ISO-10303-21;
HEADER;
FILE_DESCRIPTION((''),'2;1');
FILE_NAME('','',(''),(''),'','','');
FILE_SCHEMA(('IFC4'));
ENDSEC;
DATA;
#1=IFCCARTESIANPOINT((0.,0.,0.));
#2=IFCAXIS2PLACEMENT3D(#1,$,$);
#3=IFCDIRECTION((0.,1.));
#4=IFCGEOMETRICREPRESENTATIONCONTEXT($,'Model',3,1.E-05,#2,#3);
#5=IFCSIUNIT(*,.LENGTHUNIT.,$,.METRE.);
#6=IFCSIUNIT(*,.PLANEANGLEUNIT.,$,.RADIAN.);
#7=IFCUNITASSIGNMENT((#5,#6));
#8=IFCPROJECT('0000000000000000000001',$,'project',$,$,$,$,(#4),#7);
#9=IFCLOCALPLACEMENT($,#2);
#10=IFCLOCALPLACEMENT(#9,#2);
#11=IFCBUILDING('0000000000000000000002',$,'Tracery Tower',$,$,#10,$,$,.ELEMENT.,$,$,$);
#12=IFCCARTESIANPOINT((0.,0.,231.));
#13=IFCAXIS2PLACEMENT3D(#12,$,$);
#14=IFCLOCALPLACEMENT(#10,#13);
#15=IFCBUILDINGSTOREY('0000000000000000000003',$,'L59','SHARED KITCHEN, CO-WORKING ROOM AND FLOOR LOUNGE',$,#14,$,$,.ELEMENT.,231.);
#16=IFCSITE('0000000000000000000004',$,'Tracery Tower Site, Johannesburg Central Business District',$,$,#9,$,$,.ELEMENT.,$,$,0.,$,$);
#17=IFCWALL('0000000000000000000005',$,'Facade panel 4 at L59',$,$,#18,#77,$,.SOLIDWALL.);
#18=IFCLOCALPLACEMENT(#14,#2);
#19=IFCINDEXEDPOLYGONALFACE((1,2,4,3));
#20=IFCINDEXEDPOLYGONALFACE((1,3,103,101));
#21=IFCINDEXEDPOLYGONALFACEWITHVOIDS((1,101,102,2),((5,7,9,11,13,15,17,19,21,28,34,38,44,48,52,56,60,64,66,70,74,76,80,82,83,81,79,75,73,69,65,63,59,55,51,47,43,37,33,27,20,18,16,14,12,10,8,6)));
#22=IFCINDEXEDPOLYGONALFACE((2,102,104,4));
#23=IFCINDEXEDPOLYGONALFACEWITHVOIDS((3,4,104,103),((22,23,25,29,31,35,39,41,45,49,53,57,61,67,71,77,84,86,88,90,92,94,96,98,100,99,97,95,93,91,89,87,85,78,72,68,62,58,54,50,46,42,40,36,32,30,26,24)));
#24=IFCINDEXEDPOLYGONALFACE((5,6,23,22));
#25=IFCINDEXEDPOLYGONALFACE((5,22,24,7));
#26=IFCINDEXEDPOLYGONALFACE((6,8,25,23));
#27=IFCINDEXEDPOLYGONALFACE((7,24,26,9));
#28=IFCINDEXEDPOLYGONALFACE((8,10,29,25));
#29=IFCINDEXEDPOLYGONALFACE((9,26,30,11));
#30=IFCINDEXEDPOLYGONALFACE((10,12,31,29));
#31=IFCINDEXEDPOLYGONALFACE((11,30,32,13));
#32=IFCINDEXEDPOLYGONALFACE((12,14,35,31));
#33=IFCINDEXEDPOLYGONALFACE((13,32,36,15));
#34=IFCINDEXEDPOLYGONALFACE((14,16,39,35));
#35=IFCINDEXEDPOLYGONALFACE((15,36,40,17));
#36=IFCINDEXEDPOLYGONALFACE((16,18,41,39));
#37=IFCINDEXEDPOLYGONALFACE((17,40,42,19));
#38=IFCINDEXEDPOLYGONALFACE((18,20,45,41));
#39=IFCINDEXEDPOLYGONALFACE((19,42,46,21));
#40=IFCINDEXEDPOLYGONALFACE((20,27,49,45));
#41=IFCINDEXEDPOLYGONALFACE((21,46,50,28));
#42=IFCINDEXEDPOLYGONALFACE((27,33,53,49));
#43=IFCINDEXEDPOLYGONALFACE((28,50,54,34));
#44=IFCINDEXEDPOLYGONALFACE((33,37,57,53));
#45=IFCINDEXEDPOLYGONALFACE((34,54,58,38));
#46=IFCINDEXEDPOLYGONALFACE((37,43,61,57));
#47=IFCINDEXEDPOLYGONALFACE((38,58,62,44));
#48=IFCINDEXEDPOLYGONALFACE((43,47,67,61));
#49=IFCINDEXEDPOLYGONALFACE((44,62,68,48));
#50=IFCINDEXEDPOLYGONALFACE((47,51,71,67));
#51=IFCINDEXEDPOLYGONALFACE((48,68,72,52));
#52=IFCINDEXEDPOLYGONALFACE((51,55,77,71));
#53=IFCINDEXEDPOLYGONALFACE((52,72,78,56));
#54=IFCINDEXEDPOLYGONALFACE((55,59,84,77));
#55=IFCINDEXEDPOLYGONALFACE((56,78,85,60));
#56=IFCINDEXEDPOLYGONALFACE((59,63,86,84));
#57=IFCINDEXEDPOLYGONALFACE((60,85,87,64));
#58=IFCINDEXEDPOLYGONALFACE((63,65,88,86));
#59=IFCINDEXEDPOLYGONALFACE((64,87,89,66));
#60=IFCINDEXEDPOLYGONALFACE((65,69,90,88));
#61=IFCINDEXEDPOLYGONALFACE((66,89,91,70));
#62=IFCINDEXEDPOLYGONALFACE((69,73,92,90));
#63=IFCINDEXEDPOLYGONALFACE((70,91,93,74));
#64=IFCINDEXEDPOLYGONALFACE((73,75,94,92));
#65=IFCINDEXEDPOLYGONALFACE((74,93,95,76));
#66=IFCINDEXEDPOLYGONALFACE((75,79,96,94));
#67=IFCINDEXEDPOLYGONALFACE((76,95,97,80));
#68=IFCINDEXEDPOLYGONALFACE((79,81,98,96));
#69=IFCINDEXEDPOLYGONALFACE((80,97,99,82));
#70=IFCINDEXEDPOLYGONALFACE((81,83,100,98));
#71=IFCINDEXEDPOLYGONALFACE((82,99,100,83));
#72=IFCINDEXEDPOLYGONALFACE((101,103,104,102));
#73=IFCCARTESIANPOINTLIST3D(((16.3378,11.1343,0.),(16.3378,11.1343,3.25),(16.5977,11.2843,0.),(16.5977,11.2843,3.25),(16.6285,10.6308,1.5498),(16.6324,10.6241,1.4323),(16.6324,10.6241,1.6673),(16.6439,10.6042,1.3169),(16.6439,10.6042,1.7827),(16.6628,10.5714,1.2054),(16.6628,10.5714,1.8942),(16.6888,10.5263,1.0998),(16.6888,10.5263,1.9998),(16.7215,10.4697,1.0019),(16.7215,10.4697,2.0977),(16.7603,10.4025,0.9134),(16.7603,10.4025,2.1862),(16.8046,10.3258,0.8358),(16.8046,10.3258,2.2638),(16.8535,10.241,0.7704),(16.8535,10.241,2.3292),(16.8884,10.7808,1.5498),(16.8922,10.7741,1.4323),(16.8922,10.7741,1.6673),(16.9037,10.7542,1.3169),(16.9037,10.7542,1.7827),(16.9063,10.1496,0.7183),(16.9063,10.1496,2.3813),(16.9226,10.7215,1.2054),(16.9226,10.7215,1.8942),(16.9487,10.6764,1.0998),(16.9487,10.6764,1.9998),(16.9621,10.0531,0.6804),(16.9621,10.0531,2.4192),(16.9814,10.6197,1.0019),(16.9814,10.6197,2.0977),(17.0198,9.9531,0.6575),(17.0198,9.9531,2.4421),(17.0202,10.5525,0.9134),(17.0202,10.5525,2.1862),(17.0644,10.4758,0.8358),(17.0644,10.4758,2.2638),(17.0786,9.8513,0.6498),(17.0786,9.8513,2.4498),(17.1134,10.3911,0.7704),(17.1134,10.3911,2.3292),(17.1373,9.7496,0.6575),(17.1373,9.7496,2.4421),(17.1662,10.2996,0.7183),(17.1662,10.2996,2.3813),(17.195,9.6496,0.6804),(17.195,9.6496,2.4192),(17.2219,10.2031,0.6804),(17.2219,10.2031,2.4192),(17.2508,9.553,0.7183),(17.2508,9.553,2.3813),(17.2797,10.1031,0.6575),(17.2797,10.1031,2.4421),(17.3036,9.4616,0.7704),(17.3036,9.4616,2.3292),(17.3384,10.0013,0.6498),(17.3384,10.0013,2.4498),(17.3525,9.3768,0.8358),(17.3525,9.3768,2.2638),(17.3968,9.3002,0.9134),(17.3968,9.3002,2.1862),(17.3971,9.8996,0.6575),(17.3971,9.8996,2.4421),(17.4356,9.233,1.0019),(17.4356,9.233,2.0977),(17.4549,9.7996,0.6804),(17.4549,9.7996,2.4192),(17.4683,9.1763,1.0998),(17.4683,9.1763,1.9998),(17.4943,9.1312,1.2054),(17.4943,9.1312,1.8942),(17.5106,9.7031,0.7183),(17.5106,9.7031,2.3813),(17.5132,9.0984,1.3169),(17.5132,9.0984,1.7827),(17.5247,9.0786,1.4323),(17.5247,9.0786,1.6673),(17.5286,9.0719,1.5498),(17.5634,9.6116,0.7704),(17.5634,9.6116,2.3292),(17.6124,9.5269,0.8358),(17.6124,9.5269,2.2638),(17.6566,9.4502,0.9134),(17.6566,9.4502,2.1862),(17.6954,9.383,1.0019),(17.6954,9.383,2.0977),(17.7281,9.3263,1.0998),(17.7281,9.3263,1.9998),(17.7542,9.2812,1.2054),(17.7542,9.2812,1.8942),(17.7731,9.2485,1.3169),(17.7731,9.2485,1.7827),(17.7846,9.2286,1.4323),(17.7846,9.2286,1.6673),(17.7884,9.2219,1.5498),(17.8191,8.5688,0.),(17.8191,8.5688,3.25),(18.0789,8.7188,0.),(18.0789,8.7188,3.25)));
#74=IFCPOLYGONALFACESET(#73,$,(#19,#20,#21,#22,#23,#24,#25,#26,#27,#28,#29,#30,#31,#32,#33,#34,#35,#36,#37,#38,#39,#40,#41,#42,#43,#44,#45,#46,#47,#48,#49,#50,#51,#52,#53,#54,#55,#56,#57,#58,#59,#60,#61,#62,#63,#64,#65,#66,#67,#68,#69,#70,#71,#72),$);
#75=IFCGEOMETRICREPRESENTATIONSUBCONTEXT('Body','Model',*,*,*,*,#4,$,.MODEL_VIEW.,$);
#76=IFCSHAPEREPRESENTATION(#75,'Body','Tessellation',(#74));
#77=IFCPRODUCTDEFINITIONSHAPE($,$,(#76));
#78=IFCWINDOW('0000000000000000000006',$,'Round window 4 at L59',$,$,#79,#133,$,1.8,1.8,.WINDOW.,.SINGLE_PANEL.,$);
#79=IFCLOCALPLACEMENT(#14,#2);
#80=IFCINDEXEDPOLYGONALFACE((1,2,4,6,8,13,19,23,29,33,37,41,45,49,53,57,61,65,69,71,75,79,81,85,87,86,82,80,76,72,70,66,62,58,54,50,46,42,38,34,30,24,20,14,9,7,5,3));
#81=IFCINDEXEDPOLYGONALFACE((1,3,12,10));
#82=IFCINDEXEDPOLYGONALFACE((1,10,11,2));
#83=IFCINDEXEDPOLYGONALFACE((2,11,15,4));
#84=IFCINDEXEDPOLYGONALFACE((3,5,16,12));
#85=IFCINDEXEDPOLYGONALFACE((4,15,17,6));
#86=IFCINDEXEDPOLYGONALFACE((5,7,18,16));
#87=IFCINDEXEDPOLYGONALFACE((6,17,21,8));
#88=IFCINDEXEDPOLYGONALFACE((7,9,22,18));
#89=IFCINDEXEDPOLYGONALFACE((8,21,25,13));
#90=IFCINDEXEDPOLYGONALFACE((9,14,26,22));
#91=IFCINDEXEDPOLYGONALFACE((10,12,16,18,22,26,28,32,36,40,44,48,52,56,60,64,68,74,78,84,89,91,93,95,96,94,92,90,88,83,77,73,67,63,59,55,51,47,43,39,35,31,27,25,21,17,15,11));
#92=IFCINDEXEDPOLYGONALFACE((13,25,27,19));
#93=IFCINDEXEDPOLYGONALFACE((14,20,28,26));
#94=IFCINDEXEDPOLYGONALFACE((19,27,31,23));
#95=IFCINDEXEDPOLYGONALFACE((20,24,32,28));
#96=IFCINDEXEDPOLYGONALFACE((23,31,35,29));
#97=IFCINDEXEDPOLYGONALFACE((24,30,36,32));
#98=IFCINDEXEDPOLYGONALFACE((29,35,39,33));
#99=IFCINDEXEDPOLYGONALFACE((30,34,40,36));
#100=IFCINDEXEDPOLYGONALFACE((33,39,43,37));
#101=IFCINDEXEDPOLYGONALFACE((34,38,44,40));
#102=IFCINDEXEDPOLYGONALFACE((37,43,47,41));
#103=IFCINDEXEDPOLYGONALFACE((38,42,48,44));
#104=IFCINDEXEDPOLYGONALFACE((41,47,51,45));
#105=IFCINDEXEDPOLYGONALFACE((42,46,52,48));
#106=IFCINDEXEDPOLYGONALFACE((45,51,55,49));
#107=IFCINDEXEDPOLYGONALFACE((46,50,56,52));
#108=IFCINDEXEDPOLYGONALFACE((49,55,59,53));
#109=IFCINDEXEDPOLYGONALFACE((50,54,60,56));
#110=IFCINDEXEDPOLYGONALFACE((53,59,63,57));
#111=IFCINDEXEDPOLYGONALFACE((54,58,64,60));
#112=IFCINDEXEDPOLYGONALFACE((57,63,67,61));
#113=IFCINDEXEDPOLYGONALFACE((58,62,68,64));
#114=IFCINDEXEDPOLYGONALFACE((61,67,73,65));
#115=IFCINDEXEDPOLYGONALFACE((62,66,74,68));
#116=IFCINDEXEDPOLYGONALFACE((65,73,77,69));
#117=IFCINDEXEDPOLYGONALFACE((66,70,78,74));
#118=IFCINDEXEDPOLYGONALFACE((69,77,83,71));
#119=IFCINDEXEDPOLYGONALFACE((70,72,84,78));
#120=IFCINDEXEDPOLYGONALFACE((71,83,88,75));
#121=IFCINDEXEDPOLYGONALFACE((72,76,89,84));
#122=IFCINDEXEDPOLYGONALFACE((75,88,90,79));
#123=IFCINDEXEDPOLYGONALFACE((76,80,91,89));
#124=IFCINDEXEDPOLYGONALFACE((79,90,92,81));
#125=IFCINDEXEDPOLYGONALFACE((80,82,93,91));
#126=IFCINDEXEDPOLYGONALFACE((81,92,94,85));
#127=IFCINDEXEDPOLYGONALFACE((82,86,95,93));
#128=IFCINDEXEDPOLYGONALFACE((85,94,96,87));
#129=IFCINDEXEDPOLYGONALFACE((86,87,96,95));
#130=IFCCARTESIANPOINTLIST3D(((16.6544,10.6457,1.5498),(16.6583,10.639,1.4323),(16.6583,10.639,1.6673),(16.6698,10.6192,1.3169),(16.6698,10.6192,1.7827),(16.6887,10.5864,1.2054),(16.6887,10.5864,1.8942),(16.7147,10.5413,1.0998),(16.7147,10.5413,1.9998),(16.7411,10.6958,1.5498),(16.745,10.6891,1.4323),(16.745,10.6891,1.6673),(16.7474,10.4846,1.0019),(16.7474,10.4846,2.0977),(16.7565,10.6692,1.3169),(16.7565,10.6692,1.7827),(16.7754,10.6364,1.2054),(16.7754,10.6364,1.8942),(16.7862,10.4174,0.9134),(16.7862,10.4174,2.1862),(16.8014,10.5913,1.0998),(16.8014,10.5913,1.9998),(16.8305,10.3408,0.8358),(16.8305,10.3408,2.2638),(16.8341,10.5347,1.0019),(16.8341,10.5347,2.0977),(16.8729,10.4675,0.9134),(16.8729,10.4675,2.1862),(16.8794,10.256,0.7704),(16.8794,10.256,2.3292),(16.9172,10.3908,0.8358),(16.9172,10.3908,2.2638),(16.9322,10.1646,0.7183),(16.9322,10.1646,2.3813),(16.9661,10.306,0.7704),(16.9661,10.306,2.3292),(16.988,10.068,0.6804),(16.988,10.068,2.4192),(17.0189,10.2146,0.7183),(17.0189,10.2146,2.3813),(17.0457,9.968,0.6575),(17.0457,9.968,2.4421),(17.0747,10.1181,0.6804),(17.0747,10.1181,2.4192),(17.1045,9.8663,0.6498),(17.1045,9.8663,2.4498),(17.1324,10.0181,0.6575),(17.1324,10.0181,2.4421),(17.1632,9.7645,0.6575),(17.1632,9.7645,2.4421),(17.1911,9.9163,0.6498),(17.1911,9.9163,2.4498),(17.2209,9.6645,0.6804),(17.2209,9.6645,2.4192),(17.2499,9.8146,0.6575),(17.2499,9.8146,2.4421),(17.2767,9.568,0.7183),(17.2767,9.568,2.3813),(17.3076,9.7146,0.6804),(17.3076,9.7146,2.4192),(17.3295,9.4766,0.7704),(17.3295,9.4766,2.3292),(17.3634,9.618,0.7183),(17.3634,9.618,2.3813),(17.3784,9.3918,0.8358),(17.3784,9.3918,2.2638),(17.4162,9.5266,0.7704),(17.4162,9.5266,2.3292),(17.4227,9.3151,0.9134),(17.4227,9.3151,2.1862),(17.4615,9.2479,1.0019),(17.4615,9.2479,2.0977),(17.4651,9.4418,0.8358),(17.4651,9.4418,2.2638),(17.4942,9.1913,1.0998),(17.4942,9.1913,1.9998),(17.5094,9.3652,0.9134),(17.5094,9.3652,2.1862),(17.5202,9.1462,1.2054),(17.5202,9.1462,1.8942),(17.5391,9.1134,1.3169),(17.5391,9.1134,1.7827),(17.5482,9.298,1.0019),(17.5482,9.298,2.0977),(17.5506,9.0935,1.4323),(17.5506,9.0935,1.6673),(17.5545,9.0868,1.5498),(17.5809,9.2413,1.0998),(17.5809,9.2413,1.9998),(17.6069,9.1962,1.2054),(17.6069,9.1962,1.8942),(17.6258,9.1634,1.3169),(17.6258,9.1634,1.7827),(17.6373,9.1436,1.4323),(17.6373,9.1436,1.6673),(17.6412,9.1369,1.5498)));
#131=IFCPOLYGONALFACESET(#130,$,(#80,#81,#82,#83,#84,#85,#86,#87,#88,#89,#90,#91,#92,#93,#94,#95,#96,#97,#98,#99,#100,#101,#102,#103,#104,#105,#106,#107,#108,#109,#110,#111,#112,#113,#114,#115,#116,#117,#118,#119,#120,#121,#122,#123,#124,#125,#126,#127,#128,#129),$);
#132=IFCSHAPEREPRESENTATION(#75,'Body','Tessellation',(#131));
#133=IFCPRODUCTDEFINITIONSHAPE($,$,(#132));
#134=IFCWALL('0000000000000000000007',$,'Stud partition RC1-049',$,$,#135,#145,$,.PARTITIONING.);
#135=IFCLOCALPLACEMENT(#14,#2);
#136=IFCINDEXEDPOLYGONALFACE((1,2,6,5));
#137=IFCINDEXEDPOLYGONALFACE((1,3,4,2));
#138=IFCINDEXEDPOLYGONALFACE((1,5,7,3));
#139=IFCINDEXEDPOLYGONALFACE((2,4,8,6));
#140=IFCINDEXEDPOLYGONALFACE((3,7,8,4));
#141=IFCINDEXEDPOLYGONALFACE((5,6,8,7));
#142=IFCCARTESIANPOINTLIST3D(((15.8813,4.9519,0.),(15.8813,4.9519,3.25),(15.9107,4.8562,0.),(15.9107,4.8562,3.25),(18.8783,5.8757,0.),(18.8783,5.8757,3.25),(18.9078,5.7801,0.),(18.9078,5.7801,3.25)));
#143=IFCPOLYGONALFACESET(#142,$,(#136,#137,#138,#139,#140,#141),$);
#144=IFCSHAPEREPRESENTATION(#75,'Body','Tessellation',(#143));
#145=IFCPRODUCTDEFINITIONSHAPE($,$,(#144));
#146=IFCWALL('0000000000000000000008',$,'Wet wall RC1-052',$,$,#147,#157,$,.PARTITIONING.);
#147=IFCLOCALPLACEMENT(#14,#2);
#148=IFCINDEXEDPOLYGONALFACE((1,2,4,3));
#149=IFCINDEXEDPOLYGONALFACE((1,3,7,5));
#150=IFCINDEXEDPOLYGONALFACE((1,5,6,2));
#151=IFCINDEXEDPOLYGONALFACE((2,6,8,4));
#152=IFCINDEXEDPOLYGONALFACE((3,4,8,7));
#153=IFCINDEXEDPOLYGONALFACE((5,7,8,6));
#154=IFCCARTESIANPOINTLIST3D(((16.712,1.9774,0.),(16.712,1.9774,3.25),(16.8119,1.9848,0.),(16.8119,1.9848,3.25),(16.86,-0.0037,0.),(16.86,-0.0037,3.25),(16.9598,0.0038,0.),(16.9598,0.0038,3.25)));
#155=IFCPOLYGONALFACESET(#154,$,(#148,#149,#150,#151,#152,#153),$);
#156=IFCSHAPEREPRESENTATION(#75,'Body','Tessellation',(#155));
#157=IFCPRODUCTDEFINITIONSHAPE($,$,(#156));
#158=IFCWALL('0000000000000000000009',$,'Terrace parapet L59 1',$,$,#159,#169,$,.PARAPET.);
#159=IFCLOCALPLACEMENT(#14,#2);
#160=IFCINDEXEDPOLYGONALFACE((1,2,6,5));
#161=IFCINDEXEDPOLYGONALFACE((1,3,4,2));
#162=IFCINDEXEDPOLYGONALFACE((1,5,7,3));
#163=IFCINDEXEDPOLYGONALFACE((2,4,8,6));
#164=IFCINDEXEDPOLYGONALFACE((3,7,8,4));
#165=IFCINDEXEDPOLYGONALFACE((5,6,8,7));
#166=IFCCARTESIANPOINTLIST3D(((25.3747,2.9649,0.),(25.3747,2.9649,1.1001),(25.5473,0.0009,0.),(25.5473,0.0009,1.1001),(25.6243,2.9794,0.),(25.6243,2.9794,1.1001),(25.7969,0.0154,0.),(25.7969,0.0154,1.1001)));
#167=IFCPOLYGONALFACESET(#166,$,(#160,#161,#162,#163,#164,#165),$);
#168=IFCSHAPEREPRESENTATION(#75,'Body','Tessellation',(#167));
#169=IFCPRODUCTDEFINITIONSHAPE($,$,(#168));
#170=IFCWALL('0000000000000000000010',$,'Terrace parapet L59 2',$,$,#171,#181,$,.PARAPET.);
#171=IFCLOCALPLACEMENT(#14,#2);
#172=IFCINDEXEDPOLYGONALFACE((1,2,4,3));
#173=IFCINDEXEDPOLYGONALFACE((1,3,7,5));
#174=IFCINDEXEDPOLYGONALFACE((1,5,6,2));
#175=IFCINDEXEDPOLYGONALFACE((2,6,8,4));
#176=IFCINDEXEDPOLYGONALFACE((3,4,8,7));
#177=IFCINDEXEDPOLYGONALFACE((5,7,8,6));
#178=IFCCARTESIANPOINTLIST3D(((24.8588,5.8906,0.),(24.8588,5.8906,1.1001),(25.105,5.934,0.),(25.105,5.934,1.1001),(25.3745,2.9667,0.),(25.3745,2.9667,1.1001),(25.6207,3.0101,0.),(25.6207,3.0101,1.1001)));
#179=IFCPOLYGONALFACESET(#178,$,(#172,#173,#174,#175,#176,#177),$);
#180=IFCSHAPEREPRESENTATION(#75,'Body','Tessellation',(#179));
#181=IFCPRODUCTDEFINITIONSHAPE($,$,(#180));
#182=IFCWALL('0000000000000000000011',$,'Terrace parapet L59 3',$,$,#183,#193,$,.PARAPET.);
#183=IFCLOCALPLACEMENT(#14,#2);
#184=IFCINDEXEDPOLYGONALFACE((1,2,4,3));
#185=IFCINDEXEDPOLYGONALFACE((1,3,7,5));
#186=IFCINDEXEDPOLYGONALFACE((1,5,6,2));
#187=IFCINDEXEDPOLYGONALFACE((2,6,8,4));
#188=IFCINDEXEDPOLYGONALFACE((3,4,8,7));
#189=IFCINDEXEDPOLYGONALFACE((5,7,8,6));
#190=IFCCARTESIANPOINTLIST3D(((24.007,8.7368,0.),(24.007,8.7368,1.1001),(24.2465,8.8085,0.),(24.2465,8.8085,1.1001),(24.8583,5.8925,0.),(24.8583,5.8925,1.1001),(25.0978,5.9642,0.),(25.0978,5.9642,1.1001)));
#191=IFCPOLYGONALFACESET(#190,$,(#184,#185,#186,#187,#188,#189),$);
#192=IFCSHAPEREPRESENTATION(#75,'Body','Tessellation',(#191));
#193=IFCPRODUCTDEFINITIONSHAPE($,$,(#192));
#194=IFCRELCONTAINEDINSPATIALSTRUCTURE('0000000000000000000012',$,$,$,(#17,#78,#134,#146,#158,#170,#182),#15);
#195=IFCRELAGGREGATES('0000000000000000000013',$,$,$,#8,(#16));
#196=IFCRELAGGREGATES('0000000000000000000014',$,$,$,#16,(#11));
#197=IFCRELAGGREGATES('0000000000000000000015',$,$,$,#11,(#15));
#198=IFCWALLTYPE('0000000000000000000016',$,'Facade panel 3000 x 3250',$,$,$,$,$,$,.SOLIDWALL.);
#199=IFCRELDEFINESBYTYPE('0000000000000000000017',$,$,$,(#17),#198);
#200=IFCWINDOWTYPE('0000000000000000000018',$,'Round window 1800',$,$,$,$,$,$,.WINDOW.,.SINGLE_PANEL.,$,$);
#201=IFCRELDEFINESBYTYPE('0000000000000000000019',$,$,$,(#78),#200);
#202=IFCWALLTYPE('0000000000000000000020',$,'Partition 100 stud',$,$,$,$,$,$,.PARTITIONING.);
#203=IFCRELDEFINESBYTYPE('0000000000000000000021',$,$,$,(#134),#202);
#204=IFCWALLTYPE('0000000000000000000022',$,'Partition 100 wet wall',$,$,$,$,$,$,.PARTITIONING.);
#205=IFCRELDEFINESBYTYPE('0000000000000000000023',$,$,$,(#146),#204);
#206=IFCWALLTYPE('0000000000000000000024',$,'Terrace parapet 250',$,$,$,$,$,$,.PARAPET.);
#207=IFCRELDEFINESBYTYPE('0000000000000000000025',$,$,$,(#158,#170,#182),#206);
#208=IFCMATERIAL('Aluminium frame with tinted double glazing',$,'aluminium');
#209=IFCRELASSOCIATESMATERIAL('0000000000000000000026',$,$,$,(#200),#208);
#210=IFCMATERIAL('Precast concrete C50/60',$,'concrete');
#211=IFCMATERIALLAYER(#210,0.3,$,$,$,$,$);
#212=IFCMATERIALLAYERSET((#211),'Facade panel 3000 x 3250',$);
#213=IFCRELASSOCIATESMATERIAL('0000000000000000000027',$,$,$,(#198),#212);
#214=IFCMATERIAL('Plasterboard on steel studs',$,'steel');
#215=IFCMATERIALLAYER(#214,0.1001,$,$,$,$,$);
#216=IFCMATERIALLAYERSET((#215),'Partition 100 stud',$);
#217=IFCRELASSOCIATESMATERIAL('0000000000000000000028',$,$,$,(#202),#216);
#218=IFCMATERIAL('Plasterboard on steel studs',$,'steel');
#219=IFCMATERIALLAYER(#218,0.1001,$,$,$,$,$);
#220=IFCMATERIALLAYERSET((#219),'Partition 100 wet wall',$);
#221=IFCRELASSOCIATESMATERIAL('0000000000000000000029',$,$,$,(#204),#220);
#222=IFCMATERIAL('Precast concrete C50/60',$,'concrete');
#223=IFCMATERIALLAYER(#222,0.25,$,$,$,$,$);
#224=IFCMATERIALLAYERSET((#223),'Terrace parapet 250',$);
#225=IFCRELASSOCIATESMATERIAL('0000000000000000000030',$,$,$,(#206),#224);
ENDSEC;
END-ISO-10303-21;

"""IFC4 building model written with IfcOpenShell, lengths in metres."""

from ifc_helpers import new_model, si_unit, direction, frame, frame_2d, origin, origin_2d, place, context, subcontext, project, spatial, rectangle, circle, extrude, material, layer, layer_set, type_object, element, fill, save


model = new_model("IFC4")

# Units and contexts
model_context = context("Model", 3, precision=1e-05, world=origin(), true_north=direction((0.0, 1.0)))
body_context = subcontext(model_context, "Body", "Model", "MODEL_VIEW")
ifc_project = project(units=[si_unit("LENGTHUNIT", "METRE"), si_unit("PLANEANGLEUNIT", "RADIAN")], contexts=[model_context])

# Site, building, storey
site_placement = place(None, origin())
site = spatial("IfcSite", under=ifc_project, at=site_placement, Name="Tracery Tower Site, Johannesburg Central Business District", CompositionType="ELEMENT", RefElevation=0.0)
building_placement = place(site_placement, origin())
building = spatial("IfcBuilding", under=site, at=building_placement, Name="Tracery Tower", CompositionType="ELEMENT")
storey_placement = place(building_placement, frame((0.0, 0.0, 231.0)))
storey = spatial("IfcBuildingStorey", under=building, at=storey_placement, Name="L59", Description="SHARED KITCHEN, CO-WORKING ROOM AND FLOOR LOUNGE", CompositionType="ELEMENT", Elevation=231.0)

# Wall, opening, window
ifc_material_1 = material(Name="Aluminium frame with tinted double glazing", Category="aluminium")
window_type = type_object("IfcWindowType", Name="Round window 1800", PartitioningType="SINGLE_PANEL", PredefinedType="WINDOW", material=ifc_material_1)
ifc_material_2 = material(Name="Precast concrete C50/60", Category="concrete")
ifc_layer_1 = layer(ifc_material_2, 0.3)
ifc_layer_set_1 = layer_set([ifc_layer_1], Name="Facade panel 3000 x 3250")
wall_type_1 = type_object("IfcWallType", Name="Facade panel 3000 x 3250", PredefinedType="SOLIDWALL", material=ifc_layer_set_1)
wall_1_placement = place(storey_placement, frame((17.949, 8.6438, 0.0), z_axis=(0.0, 0.0, 1.0), x_axis=(-0.500013, 0.866018, 0.0)))
wall_1 = element("IfcWall", 1, at=wall_1_placement, inside=storey, type_object=wall_type_1, Name="Facade panel 4 at L59", PredefinedType="SOLIDWALL", context=body_context, shape_type="SweptSolid", body=[
    extrude(rectangle(XDim=2.9624, YDim=0.3, at=frame_2d((1.4812, 0.0))), origin(), (0.0, 0.0, 1.0), 3.25),
])
opening_1_placement = place(wall_1_placement, frame((1.481, 0.0, 1.5498)))
opening_1 = element("IfcOpeningElement", 2, at=opening_1_placement, cuts=wall_1, PredefinedType="OPENING", context=body_context, shape_type="SweptSolid", body=[
    extrude(circle(Radius=0.9, at=origin_2d()), frame((0.0, 0.1599, 0.0), z_axis=(0.0, -1.0, 0.0), x_axis=(1.0, 0.0, 0.0)), (0.0, 0.0, 1.0), 0.3201),
])
window_1_placement = place(opening_1_placement, origin())
window_1 = element("IfcWindow", 3, at=window_1_placement, inside=storey, type_object=window_type, Name="Round window 4 at L59", OverallHeight=1.8, OverallWidth=1.8, PartitioningType="SINGLE_PANEL", PredefinedType="WINDOW", context=body_context, shape_type="SweptSolid", body=[
    extrude(circle(Radius=0.9, at=origin_2d()), frame((0.0, 0.1201, 0.0), z_axis=(0.0, -1.0, 0.0), x_axis=(1.0, 0.0, 0.0)), (0.0, 0.0, 1.0), 0.1001),
])
fill(opening_1, window_1)

# Walls
ifc_material_3 = material(Name="Plasterboard on steel studs", Category="steel")
ifc_layer_2 = layer(ifc_material_3, 0.1001)
ifc_layer_set_2 = layer_set([ifc_layer_2], Name="Partition 100 stud")
wall_type_2 = type_object("IfcWallType", Name="Partition 100 stud", PredefinedType="PARTITIONING", material=ifc_layer_set_2)
wall_2_placement = place(storey_placement, frame((15.896, 4.9041, 0.0), z_axis=(0.0, 0.0, 1.0), x_axis=(0.955631, 0.294567, 0.0)))
element("IfcWall", 4, at=wall_2_placement, inside=storey, type_object=wall_type_2, Name="Stud partition RC1-049", PredefinedType="PARTITIONING", context=body_context, shape_type="SweptSolid", body=[
    extrude(rectangle(XDim=3.1362, YDim=0.1001, at=frame_2d((1.5681, 0.0))), origin(), (0.0, 0.0, 1.0), 3.25),
])
ifc_material_4 = material(Name="Plasterboard on steel studs", Category="steel")
ifc_layer_3 = layer(ifc_material_4, 0.1001)
ifc_layer_set_3 = layer_set([ifc_layer_3], Name="Partition 100 wet wall")
wall_type_3 = type_object("IfcWallType", Name="Partition 100 wet wall", PredefinedType="PARTITIONING", material=ifc_layer_set_3)
wall_3_placement = place(storey_placement, frame((16.762, 1.981, 0.0), z_axis=(0.0, 0.0, 1.0), x_axis=(0.074478, -0.997223, 0.0)))
element("IfcWall", 5, at=wall_3_placement, inside=storey, type_object=wall_type_3, Name="Wet wall RC1-052", PredefinedType="PARTITIONING", context=body_context, shape_type="SweptSolid", body=[
    extrude(rectangle(XDim=1.9866, YDim=0.1001, at=frame_2d((0.9932, 0.0))), origin(), (0.0, 0.0, 1.0), 3.25),
])
ifc_material_5 = material(Name="Precast concrete C50/60", Category="concrete")
ifc_layer_4 = layer(ifc_material_5, 0.25)
ifc_layer_set_4 = layer_set([ifc_layer_4], Name="Terrace parapet 250")
wall_type_4 = type_object("IfcWallType", Name="Terrace parapet 250", PredefinedType="PARAPET", material=ifc_layer_set_4)
for number, where, z_axis, x_axis, name in (
    (6, (25.6721, 0.0083, 0.0), (0.0, 0.0, 1.0), (-0.058139, 0.998309, 0.0), "Terrace parapet L59 1"),
    (7, (25.4976, 2.9885, 0.0), (0.0, 0.0, 1.0), (-0.173673, 0.984803, 0.0), "Terrace parapet L59 2"),
    (8, (24.978, 5.9285, 0.0), (0.0, 0.0, 1.0), (-0.286744, 0.958007, 0.0), "Terrace parapet L59 3"),
):
    element("IfcWall", number, at=place(storey_placement, frame(where, z_axis=z_axis, x_axis=x_axis)), inside=storey, type_object=wall_type_4, Name=name, PredefinedType="PARAPET", context=body_context, shape_type="SweptSolid", body=[
        extrude(rectangle(XDim=2.969, YDim=0.25, at=frame_2d((1.4844, 0.0))), origin(), (0.0, 0.0, 1.0), 1.1001),
    ])

save(model, "model.ifc")
